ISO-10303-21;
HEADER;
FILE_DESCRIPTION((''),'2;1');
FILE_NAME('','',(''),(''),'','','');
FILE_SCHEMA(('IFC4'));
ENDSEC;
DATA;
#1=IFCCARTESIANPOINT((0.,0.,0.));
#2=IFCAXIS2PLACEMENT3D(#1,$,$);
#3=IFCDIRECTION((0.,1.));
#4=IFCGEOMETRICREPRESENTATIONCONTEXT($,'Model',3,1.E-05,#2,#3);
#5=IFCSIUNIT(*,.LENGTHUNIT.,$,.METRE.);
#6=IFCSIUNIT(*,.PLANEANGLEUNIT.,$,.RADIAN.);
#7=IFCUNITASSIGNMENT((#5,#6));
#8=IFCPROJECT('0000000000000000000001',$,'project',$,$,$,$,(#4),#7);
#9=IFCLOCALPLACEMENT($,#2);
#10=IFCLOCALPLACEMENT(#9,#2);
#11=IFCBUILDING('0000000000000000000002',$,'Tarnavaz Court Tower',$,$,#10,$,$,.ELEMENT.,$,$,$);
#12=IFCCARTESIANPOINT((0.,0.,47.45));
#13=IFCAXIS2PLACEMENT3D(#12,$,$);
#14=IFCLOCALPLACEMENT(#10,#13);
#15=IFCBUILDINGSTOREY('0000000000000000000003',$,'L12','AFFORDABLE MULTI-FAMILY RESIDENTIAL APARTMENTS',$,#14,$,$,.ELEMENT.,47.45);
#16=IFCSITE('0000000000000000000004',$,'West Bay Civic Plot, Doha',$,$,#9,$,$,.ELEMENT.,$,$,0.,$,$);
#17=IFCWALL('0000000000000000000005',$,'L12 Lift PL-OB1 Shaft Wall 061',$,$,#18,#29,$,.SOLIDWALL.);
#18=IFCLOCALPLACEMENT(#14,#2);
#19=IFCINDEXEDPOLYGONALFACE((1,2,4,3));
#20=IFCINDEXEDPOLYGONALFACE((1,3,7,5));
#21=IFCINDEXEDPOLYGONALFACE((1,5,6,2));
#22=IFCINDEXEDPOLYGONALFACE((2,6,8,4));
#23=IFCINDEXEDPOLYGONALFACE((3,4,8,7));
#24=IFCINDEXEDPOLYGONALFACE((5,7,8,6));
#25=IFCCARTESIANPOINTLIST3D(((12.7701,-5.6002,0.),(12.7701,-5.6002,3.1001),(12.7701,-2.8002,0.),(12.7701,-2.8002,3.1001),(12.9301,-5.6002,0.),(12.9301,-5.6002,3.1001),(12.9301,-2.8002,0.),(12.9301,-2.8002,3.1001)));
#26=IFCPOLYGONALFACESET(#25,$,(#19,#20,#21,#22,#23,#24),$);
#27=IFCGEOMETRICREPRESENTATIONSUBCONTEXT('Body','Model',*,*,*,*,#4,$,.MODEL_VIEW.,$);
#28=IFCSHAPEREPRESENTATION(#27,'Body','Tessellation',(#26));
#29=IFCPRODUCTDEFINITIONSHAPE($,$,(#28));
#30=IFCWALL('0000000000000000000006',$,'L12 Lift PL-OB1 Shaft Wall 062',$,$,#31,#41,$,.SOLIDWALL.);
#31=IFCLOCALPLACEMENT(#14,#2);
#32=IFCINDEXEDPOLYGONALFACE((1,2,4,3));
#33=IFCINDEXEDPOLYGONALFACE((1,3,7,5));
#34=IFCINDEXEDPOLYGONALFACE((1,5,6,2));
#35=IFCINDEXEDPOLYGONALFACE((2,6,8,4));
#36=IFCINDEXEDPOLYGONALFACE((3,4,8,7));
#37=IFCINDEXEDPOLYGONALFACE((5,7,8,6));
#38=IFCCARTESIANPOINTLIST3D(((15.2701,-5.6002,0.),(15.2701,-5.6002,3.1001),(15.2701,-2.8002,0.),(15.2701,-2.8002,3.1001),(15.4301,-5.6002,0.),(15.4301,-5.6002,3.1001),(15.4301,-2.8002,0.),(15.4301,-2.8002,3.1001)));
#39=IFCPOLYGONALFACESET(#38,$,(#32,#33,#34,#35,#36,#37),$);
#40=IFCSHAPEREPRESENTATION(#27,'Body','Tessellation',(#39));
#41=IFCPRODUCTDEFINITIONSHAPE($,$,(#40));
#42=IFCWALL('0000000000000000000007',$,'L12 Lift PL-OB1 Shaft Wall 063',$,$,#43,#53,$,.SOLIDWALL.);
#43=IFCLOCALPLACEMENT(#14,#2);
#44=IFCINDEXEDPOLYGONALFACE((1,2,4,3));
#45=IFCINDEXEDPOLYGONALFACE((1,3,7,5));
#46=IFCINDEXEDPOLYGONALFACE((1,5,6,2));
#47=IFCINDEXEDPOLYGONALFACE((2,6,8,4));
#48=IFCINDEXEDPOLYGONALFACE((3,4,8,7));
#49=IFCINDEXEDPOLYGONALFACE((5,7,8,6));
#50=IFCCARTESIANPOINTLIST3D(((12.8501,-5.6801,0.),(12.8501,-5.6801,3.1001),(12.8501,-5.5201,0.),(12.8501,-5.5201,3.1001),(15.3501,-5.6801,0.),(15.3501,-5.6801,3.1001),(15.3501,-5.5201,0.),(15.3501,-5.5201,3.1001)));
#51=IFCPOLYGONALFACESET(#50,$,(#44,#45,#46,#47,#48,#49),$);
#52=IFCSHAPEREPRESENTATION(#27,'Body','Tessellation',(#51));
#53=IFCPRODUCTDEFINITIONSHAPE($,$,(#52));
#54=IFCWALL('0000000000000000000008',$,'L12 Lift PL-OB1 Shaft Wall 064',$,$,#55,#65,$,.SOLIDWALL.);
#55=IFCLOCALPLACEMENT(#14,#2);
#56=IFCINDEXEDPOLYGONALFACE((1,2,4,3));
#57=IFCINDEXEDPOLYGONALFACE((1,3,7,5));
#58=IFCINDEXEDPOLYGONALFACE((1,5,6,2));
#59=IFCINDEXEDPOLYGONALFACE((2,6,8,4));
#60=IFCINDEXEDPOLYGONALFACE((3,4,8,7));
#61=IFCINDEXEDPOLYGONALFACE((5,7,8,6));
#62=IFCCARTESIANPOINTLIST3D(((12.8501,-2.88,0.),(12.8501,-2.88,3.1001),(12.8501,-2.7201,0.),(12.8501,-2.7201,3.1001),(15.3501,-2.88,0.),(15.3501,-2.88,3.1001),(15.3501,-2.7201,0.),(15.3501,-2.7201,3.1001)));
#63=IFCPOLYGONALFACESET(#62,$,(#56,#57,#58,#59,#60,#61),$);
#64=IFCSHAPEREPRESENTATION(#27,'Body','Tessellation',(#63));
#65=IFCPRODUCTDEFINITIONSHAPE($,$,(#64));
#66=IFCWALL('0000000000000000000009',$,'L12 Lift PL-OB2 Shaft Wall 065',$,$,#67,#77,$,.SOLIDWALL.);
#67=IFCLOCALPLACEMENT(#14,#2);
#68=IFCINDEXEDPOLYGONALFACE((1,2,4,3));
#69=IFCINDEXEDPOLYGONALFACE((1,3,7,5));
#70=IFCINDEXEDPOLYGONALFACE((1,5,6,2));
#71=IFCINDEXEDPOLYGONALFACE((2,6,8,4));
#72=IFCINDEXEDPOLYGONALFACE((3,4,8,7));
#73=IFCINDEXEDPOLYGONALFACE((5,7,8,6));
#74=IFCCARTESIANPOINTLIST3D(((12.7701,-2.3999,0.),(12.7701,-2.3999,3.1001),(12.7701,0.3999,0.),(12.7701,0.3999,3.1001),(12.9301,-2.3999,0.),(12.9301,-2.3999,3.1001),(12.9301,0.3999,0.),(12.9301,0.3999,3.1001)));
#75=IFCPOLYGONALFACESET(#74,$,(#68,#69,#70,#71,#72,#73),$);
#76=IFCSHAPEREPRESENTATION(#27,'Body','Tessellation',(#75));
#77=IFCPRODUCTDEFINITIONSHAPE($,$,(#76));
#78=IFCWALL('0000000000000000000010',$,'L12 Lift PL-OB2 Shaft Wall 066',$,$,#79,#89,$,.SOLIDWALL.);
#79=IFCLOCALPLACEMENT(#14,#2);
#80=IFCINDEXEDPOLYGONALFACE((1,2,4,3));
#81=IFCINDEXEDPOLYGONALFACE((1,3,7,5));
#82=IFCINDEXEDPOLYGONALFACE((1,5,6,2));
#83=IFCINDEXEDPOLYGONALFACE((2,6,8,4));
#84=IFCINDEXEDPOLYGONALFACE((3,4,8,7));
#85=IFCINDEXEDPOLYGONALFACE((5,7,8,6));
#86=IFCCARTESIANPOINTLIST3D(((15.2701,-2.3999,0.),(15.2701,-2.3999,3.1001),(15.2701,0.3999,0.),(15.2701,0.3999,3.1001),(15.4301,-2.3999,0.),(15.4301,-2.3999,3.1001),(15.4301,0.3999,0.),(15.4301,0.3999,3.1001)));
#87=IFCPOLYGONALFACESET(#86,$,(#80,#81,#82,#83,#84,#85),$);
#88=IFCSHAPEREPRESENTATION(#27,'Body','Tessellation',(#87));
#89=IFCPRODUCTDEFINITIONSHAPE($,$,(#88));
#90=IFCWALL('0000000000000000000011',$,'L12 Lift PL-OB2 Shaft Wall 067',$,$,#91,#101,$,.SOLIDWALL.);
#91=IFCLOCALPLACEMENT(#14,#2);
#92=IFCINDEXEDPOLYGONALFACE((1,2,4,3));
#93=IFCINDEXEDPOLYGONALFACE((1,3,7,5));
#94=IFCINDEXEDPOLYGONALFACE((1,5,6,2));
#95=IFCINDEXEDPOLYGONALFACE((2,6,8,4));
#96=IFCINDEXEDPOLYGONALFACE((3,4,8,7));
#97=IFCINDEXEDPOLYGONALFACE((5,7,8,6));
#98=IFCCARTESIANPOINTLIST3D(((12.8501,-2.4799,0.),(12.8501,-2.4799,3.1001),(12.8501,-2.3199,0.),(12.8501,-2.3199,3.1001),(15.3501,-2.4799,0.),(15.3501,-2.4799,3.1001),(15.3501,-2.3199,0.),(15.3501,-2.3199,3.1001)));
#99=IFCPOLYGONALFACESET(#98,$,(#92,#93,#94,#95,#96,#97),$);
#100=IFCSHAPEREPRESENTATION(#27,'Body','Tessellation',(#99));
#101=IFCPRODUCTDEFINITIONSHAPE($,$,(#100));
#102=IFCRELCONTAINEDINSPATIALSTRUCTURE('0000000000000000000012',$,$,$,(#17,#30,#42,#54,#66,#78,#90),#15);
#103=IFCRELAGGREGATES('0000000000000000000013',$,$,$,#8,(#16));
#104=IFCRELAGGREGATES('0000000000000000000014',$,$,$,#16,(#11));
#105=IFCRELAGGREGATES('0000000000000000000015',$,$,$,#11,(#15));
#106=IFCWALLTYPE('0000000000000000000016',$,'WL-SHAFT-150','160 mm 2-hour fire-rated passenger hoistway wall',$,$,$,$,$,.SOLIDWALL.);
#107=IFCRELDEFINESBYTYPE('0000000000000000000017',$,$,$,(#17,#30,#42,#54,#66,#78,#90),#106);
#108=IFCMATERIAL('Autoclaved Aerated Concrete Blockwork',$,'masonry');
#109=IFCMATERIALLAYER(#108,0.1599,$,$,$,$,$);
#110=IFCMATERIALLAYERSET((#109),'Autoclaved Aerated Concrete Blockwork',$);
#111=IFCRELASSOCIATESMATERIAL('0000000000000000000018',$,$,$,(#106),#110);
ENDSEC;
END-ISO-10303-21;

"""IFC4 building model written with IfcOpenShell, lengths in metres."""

from ifc_helpers import new_model, si_unit, direction, frame, frame_2d, origin, place, context, subcontext, project, spatial, rectangle, extrude, material, layer, layer_set, type_object, element, save


model = new_model("IFC4")

# Units and contexts
model_context = context("Model", 3, precision=1e-05, world=origin(), true_north=direction((0.0, 1.0)))
body_context = subcontext(model_context, "Body", "Model", "MODEL_VIEW")
ifc_project = project(units=[si_unit("LENGTHUNIT", "METRE"), si_unit("PLANEANGLEUNIT", "RADIAN")], contexts=[model_context])

# Site, building, storey
site_placement = place(None, origin())
site = spatial("IfcSite", under=ifc_project, at=site_placement, Name="West Bay Civic Plot, Doha", CompositionType="ELEMENT", RefElevation=0.0)
building_placement = place(site_placement, origin())
building = spatial("IfcBuilding", under=site, at=building_placement, Name="Tarnavaz Court Tower", CompositionType="ELEMENT")
storey_placement = place(building_placement, frame((0.0, 0.0, 47.45)))
storey = spatial("IfcBuildingStorey", under=building, at=storey_placement, Name="L12", Description="AFFORDABLE MULTI-FAMILY RESIDENTIAL APARTMENTS", CompositionType="ELEMENT", Elevation=47.45)

# Walls
ifc_material_1 = material(Name="Autoclaved Aerated Concrete Blockwork", Category="masonry")
ifc_layer_1 = layer(ifc_material_1, 0.1599)
ifc_layer_set_1 = layer_set([ifc_layer_1], Name="Autoclaved Aerated Concrete Blockwork")
wall_type_1 = type_object("IfcWallType", Name="WL-SHAFT-150", Description="160 mm 2-hour fire-rated passenger hoistway wall", PredefinedType="SOLIDWALL", material=ifc_layer_set_1)
for number, where, z_axis, x_axis, name in (
    (1, (12.8501, -5.6001, 0.0), (0.0, 0.0, 1.0), (0.0, 1.0, 0.0), "L12 Lift PL-OB1 Shaft Wall 061"),
    (2, (15.3501, -5.6001, 0.0), (0.0, 0.0, 1.0), (0.0, 1.0, 0.0), "L12 Lift PL-OB1 Shaft Wall 062"),
):
    element("IfcWall", number, at=place(storey_placement, frame(where, z_axis=z_axis, x_axis=x_axis)), inside=storey, type_object=wall_type_1, Name=name, PredefinedType="SOLIDWALL", context=body_context, shape_type="SweptSolid", body=[
        extrude(rectangle(XDim=2.8, YDim=0.1599, at=frame_2d((1.3999, 0.0))), origin(), (0.0, 0.0, 1.0), 3.1001),
    ])
for number, where, z_axis, x_axis, name in (
    (3, (12.8501, -5.6001, 0.0), (0.0, 0.0, 1.0), (1.0, 0.0, 0.0), "L12 Lift PL-OB1 Shaft Wall 063"),
    (4, (12.8501, -2.8, 0.0), (0.0, 0.0, 1.0), (1.0, 0.0, 0.0), "L12 Lift PL-OB1 Shaft Wall 064"),
):
    element("IfcWall", number, at=place(storey_placement, frame(where, z_axis=z_axis, x_axis=x_axis)), inside=storey, type_object=wall_type_1, Name=name, PredefinedType="SOLIDWALL", context=body_context, shape_type="SweptSolid", body=[
        extrude(rectangle(XDim=2.5, YDim=0.1599, at=frame_2d((1.25, 0.0))), origin(), (0.0, 0.0, 1.0), 3.1001),
    ])
for number, where, z_axis, x_axis, name in (
    (5, (12.8501, -2.3999, 0.0), (0.0, 0.0, 1.0), (0.0, 1.0, 0.0), "L12 Lift PL-OB2 Shaft Wall 065"),
    (6, (15.3501, -2.3999, 0.0), (0.0, 0.0, 1.0), (0.0, 1.0, 0.0), "L12 Lift PL-OB2 Shaft Wall 066"),
):
    element("IfcWall", number, at=place(storey_placement, frame(where, z_axis=z_axis, x_axis=x_axis)), inside=storey, type_object=wall_type_1, Name=name, PredefinedType="SOLIDWALL", context=body_context, shape_type="SweptSolid", body=[
        extrude(rectangle(XDim=2.7998, YDim=0.1599, at=frame_2d((1.3999, 0.0))), origin(), (0.0, 0.0, 1.0), 3.1001),
    ])
wall_1_placement = place(storey_placement, frame((12.8501, -2.3999, 0.0), z_axis=(0.0, 0.0, 1.0), x_axis=(1.0, 0.0, 0.0)))
element("IfcWall", 7, at=wall_1_placement, inside=storey, type_object=wall_type_1, Name="L12 Lift PL-OB2 Shaft Wall 067", PredefinedType="SOLIDWALL", context=body_context, shape_type="SweptSolid", body=[
    extrude(rectangle(XDim=2.5, YDim=0.1599, at=frame_2d((1.25, 0.0))), origin(), (0.0, 0.0, 1.0), 3.1001),
])

save(model, "model.ifc")
